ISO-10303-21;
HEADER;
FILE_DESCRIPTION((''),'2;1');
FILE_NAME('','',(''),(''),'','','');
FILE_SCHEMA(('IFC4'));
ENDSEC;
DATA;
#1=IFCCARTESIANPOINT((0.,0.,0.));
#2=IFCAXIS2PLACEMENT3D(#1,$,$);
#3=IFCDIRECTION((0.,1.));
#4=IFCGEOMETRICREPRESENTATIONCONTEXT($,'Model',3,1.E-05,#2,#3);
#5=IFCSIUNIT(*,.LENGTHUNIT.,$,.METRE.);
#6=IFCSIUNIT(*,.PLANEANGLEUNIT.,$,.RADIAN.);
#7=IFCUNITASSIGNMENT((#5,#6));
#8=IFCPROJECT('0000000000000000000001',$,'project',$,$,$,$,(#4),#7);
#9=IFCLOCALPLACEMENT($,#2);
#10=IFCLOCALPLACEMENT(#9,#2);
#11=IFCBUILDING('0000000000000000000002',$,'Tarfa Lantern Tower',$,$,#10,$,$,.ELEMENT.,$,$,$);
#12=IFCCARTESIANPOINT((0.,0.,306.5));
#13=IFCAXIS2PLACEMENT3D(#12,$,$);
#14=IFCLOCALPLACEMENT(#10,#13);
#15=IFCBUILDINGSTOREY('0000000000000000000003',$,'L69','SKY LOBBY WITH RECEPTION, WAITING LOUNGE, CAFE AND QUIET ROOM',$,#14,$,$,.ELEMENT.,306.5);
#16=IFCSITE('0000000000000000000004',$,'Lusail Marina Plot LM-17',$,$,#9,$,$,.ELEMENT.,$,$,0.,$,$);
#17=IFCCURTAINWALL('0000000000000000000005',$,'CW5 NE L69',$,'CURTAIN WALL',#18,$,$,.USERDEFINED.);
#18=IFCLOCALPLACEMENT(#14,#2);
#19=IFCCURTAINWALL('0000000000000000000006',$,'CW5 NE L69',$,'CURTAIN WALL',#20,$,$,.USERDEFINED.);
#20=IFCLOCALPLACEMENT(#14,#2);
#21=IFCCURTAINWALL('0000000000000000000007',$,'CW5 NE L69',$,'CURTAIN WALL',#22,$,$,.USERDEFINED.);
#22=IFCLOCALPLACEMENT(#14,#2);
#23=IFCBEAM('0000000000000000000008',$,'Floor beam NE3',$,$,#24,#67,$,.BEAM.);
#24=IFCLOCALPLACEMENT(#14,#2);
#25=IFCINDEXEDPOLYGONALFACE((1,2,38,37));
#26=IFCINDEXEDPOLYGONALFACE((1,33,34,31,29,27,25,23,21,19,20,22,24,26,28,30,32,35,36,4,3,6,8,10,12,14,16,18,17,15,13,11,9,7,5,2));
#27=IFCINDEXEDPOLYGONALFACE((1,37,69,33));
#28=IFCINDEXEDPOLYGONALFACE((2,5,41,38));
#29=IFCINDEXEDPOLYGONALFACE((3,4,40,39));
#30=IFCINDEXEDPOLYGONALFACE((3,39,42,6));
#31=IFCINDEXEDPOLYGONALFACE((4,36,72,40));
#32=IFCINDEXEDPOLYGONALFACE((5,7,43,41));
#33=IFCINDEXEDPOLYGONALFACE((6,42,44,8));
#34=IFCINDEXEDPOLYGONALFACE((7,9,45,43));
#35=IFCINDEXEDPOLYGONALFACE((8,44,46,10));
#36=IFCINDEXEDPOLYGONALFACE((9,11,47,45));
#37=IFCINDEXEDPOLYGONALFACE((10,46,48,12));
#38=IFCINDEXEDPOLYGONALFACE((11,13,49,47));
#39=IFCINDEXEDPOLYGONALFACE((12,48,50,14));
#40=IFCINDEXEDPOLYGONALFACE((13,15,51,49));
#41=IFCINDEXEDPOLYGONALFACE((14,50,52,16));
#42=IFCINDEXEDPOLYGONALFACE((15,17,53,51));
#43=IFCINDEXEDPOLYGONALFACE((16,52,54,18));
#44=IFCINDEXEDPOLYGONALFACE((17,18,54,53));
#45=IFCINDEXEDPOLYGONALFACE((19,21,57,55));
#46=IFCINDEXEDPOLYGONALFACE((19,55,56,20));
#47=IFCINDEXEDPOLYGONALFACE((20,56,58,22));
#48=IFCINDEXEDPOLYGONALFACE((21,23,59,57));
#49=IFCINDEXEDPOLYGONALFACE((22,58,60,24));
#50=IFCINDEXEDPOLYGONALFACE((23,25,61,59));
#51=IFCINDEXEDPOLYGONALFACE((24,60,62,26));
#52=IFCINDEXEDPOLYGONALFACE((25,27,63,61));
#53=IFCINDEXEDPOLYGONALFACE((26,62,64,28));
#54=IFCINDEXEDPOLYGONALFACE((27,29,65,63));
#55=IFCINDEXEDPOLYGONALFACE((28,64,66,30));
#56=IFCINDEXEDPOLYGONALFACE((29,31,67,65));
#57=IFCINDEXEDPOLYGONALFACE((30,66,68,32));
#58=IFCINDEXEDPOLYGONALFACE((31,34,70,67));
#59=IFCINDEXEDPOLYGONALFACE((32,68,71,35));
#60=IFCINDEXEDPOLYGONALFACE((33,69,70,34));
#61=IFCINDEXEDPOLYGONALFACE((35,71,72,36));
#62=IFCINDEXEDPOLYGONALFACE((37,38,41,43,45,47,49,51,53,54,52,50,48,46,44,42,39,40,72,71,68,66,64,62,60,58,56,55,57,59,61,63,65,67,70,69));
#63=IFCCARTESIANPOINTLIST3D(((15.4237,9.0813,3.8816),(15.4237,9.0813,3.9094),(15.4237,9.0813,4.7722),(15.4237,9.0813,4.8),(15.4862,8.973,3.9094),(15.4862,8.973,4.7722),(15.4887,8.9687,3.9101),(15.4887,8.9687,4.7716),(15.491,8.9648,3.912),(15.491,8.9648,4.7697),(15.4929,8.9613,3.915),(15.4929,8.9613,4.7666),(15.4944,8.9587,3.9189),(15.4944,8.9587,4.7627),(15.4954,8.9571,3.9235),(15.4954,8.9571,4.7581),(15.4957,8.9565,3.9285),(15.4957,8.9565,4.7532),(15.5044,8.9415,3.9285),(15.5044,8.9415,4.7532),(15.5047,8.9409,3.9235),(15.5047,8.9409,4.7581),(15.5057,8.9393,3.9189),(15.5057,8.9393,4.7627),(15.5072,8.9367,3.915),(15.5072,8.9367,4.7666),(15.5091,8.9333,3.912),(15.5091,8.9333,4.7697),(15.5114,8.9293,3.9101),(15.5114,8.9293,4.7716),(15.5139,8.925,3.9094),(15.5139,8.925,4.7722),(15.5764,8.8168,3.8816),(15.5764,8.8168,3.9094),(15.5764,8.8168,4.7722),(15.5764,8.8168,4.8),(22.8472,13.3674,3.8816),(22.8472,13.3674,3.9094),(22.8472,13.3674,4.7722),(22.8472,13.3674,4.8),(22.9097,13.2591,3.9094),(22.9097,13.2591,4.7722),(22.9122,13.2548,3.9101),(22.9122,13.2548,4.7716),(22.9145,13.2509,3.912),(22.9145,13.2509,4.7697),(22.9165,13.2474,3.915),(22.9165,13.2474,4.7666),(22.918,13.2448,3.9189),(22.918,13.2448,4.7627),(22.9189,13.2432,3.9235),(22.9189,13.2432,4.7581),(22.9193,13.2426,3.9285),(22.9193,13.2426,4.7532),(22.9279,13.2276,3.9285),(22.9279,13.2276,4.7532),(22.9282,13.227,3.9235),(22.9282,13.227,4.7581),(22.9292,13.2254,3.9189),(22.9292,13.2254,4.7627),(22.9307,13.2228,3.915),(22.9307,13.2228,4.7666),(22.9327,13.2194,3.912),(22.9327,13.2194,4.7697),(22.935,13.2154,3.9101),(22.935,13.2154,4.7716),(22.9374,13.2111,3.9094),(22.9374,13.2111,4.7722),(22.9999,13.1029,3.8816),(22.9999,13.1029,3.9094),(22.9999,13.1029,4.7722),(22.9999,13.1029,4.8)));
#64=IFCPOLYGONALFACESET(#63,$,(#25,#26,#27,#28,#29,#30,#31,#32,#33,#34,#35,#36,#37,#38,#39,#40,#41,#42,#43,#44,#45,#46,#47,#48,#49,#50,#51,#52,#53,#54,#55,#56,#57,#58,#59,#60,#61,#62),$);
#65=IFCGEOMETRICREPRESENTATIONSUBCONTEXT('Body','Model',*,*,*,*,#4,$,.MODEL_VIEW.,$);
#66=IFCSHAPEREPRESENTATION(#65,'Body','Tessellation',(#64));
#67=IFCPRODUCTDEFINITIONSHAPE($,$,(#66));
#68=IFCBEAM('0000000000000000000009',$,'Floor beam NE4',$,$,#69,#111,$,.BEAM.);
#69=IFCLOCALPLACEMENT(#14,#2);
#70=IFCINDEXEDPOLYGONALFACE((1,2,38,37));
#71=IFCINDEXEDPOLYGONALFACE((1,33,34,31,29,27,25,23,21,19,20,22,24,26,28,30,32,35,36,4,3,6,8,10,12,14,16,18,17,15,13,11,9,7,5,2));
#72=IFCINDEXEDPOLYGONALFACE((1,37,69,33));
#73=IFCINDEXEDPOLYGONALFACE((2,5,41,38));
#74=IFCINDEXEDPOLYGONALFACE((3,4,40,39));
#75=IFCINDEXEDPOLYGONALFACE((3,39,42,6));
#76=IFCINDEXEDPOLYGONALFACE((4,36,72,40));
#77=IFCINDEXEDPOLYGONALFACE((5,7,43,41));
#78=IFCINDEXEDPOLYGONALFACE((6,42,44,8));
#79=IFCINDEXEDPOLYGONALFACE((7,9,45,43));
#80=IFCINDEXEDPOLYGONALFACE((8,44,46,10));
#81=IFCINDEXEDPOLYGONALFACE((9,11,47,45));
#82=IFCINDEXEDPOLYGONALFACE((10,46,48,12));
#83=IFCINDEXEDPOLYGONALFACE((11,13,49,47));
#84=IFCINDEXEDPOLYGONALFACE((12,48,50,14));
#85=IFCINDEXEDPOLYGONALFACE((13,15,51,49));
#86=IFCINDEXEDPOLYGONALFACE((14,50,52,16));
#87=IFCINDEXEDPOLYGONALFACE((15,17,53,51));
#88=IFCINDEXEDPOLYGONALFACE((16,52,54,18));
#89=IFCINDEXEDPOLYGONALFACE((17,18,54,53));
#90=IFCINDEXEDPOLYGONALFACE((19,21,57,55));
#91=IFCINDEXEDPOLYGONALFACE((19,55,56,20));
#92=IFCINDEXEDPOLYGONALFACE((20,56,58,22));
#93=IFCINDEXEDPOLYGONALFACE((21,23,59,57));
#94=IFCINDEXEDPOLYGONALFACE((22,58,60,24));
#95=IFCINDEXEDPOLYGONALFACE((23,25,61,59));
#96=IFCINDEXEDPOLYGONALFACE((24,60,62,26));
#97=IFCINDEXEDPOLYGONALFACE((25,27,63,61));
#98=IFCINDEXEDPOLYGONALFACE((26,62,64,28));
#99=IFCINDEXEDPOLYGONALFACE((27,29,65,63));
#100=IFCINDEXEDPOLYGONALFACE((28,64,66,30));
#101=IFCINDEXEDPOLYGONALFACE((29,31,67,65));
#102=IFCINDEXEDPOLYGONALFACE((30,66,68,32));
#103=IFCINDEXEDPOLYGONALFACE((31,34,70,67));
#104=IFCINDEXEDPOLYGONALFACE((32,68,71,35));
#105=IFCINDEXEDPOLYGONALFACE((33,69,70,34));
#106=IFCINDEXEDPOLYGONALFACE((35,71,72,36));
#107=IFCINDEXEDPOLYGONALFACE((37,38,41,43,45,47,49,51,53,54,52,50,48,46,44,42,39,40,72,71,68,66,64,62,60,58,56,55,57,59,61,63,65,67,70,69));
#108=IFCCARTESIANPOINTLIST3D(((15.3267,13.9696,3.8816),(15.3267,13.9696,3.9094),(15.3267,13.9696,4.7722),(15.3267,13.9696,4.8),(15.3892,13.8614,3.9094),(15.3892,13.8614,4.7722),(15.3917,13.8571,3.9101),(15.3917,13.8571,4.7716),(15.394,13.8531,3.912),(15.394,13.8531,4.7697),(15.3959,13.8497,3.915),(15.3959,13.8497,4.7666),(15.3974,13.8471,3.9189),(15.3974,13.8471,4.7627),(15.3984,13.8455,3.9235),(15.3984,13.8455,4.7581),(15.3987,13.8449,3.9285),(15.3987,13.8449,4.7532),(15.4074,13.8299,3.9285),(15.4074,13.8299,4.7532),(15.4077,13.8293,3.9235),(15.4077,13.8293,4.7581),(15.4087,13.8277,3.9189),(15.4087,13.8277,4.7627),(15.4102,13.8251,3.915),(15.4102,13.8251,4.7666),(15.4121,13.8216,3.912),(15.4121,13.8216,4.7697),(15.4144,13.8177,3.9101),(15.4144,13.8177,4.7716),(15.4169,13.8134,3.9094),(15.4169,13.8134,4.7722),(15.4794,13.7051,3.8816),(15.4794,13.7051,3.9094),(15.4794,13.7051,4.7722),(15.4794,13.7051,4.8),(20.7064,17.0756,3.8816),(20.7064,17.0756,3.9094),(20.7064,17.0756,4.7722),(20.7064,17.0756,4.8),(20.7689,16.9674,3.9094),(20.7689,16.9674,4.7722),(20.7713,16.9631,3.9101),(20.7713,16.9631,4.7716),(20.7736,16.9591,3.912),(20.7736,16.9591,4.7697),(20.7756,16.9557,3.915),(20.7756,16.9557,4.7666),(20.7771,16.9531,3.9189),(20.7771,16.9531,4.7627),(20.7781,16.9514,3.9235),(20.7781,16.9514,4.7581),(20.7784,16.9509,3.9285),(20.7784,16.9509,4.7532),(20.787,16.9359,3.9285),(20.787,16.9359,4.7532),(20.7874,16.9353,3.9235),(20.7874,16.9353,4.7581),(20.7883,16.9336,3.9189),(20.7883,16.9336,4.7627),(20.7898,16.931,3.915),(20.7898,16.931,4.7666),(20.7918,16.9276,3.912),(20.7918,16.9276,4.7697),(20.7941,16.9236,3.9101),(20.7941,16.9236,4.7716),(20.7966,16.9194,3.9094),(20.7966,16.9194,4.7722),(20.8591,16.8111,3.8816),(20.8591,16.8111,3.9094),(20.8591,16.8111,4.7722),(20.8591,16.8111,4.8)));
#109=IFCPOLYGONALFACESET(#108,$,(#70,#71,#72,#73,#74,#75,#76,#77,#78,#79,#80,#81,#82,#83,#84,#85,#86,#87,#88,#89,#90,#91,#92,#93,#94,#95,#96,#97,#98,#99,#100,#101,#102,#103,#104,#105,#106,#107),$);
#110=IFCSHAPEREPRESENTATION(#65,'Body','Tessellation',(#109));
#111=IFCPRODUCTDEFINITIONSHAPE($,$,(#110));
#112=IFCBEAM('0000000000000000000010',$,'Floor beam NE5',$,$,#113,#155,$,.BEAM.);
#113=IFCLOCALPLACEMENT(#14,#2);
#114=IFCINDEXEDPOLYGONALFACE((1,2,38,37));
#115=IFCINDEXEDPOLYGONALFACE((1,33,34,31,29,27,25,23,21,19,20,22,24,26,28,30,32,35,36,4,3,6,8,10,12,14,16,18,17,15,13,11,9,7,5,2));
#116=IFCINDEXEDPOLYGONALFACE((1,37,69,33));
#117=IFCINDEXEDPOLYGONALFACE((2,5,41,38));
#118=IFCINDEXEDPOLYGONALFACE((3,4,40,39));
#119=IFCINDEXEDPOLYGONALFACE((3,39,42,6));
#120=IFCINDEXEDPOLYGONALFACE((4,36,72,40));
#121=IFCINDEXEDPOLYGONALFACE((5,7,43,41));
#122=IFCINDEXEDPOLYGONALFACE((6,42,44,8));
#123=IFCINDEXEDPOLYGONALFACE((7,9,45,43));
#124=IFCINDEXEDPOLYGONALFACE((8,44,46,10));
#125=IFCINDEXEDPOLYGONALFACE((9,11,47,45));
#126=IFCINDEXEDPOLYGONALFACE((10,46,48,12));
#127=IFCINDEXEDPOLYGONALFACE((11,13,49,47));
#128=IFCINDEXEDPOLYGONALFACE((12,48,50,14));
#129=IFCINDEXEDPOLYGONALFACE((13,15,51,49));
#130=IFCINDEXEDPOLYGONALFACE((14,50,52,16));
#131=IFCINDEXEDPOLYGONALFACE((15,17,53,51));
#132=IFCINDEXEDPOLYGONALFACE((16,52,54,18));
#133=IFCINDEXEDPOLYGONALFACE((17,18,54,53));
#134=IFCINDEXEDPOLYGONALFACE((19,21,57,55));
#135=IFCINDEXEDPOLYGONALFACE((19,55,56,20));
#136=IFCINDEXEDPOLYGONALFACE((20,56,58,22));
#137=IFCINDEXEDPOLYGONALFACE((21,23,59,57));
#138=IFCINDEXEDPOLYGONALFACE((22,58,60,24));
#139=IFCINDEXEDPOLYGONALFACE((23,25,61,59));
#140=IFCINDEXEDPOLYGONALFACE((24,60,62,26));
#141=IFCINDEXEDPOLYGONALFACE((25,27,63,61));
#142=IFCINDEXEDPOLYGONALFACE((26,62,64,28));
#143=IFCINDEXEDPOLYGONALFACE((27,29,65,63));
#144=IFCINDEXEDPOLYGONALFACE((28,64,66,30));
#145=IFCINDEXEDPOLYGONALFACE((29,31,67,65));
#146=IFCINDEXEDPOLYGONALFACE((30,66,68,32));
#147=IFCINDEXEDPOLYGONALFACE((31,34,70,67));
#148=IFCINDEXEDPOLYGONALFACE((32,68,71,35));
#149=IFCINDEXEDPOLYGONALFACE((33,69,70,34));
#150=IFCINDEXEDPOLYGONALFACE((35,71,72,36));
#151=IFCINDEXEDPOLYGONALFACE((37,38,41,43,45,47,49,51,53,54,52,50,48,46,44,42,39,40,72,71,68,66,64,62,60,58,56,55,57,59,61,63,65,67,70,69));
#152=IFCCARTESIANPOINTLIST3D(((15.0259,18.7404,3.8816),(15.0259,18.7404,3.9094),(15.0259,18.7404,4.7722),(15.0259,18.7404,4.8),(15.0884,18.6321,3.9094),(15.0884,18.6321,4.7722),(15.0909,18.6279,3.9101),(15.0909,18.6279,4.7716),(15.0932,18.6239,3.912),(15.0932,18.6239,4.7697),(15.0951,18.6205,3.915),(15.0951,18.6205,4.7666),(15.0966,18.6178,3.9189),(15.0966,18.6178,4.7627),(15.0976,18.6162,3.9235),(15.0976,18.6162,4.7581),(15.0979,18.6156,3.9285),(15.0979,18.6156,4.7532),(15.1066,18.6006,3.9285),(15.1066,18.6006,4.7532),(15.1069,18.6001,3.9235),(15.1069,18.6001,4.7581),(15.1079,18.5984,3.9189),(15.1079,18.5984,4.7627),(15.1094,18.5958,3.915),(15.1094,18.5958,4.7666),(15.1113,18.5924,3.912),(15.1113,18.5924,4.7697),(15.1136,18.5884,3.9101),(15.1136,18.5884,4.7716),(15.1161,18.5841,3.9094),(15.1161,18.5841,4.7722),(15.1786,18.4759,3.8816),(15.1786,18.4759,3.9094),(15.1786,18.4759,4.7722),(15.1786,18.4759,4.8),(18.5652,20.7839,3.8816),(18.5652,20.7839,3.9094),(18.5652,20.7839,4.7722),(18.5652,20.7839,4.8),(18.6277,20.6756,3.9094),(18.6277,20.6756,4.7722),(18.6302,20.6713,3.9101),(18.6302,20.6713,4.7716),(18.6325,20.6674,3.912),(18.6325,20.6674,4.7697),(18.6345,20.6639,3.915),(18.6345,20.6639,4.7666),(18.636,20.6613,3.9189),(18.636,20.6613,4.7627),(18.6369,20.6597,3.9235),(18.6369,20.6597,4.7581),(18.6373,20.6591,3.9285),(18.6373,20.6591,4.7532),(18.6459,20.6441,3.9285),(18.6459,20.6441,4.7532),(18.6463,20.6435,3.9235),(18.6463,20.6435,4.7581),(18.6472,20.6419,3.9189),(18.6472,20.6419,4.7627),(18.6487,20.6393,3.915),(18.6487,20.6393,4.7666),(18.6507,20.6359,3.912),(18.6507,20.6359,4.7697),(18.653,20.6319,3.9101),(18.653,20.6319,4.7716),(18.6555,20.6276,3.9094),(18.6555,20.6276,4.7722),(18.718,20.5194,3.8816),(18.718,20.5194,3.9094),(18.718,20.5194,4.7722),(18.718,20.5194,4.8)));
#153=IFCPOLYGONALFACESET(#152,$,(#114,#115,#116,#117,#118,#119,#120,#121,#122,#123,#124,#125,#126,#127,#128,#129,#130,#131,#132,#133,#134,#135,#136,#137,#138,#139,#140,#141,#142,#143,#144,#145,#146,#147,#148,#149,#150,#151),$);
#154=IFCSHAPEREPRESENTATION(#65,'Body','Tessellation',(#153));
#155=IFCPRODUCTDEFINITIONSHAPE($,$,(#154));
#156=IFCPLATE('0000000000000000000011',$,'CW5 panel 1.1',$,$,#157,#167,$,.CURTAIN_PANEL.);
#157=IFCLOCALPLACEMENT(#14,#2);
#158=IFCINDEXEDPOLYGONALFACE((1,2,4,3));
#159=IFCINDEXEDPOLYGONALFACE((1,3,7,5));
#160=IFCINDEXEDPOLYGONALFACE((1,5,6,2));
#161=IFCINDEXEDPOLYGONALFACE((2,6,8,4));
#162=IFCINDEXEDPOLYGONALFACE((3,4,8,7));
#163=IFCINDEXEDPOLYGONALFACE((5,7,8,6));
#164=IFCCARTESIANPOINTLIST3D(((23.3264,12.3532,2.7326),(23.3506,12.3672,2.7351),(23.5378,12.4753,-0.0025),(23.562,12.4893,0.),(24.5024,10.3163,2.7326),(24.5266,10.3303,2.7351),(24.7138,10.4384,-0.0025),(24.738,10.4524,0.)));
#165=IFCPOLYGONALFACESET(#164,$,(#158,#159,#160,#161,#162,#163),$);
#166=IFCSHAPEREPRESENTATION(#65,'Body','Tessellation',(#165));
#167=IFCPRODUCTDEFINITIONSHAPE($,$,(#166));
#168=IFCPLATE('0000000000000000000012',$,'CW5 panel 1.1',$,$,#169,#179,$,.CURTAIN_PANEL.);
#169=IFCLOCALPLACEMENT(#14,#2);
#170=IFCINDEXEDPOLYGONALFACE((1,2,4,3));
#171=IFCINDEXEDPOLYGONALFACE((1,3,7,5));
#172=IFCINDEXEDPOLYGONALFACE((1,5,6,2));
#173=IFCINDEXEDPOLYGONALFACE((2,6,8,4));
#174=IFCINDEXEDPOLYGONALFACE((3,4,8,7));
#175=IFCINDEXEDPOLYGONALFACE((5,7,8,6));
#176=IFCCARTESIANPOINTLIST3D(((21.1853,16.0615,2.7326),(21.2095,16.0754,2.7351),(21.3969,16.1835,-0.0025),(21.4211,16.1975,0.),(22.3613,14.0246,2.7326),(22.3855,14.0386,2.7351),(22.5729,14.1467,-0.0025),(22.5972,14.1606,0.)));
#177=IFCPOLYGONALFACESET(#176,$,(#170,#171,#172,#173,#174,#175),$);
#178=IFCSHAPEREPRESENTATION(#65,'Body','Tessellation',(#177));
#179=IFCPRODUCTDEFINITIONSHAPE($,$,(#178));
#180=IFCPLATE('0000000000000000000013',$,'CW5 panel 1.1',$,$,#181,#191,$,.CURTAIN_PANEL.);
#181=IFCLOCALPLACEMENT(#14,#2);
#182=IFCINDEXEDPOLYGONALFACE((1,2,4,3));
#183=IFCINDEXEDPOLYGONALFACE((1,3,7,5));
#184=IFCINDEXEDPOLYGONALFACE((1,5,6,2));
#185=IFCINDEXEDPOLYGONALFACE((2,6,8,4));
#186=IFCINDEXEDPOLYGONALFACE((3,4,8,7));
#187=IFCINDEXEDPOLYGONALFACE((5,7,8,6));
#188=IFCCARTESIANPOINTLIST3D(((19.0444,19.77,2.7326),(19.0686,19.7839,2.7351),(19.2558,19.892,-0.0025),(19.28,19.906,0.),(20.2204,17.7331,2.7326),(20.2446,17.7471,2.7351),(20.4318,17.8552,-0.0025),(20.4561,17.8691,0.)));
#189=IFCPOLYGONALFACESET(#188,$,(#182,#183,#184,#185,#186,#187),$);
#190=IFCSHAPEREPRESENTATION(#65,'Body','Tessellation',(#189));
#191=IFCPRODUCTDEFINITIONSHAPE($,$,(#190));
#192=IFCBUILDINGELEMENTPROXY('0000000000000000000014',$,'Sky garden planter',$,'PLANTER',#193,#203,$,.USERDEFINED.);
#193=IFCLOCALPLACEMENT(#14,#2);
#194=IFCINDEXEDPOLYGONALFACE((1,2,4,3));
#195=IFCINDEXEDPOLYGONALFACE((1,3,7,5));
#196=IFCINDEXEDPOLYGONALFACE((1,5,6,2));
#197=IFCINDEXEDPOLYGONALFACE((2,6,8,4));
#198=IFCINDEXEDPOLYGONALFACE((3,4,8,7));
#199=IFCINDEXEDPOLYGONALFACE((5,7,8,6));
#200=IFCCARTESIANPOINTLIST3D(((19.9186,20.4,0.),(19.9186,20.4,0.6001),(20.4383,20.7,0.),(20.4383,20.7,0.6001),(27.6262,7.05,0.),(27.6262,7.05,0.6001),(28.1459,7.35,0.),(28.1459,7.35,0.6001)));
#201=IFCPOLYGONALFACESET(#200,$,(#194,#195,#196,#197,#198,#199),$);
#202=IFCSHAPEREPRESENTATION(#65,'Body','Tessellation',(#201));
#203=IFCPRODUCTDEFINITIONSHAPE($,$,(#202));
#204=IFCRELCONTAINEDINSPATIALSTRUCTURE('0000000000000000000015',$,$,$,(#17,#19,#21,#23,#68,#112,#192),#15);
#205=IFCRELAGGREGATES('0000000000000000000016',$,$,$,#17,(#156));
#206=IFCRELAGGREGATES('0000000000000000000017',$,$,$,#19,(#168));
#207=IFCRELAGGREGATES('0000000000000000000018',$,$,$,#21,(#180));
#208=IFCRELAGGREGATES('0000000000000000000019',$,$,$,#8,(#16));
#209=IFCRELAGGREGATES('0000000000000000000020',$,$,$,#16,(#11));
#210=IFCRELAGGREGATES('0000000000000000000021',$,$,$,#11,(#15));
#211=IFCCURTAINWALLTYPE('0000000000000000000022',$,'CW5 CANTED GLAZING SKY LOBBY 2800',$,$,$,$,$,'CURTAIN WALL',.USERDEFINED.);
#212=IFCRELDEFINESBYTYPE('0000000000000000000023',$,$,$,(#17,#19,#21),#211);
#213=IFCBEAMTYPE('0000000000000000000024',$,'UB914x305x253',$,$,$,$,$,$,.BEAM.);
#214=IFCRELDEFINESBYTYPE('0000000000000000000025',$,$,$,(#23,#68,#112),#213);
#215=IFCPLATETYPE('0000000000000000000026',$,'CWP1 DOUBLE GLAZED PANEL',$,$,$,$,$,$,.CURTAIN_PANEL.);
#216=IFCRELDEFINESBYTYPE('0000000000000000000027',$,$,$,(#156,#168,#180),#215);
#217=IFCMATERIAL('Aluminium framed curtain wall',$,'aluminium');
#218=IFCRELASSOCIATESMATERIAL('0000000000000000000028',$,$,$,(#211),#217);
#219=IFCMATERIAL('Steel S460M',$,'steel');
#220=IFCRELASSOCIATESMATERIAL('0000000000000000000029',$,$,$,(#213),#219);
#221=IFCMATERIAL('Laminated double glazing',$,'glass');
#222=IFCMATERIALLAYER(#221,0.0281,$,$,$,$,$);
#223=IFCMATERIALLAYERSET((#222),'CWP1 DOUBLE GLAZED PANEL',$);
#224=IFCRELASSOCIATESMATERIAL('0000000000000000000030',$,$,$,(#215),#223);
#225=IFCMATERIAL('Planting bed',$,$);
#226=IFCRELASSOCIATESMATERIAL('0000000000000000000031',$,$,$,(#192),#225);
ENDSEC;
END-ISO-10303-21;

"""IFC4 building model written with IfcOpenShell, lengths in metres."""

from ifc_helpers import new_model, si_unit, direction, frame, origin, origin_2d, place, context, subcontext, project, spatial, polyline, rectangle, i_section, outline, extrude, material, layer, layer_set, material_profile, profile_set, type_object, element, aggregate, save


model = new_model("IFC4")

# Units and contexts
model_context = context("Model", 3, precision=1e-05, world=origin(), true_north=direction((0.0, 1.0)))
body_context = subcontext(model_context, "Body", "Model", "MODEL_VIEW")
ifc_project = project(units=[si_unit("LENGTHUNIT", "METRE"), si_unit("PLANEANGLEUNIT", "RADIAN")], contexts=[model_context])

# Site, building, storey
site_placement = place(None, origin())
site = spatial("IfcSite", under=ifc_project, at=site_placement, Name="Lusail Marina Plot LM-17", CompositionType="ELEMENT", RefElevation=0.0)
building_placement = place(site_placement, origin())
building = spatial("IfcBuilding", under=site, at=building_placement, Name="Tarfa Lantern Tower", CompositionType="ELEMENT")
storey_placement = place(building_placement, frame((0.0, 0.0, 306.5)))
storey = spatial("IfcBuildingStorey", under=building, at=storey_placement, Name="L69", Description="SKY LOBBY WITH RECEPTION, WAITING LOUNGE, CAFE AND QUIET ROOM", CompositionType="ELEMENT", Elevation=306.5)

# Shared definitions
ifc_material_1 = material(Name="Steel S460M", Category="steel")

# Curtain walls
ifc_material_2 = material(Name="Aluminium framed curtain wall", Category="aluminium")
curtain_wall_type = type_object("IfcCurtainWallType", Name="CW5 CANTED GLAZING SKY LOBBY 2800", ElementType="CURTAIN WALL", PredefinedType="USERDEFINED", material=ifc_material_2)
curtain_wall_1_placement = place(storey_placement, origin())
curtain_wall_1 = element("IfcCurtainWall", 1, at=curtain_wall_1_placement, inside=storey, type_object=curtain_wall_type, Name="CW5 NE L69", ObjectType="CURTAIN WALL", PredefinedType="USERDEFINED")
curtain_wall_2_placement = place(storey_placement, origin())
curtain_wall_2 = element("IfcCurtainWall", 2, at=curtain_wall_2_placement, inside=storey, type_object=curtain_wall_type, Name="CW5 NE L69", ObjectType="CURTAIN WALL", PredefinedType="USERDEFINED")
curtain_wall_3_placement = place(storey_placement, origin())
curtain_wall_3 = element("IfcCurtainWall", 3, at=curtain_wall_3_placement, inside=storey, type_object=curtain_wall_type, Name="CW5 NE L69", ObjectType="CURTAIN WALL", PredefinedType="USERDEFINED")

# Beams
ifc_material_profile_1 = material_profile(ifc_material_1, i_section(OverallWidth=0.3054, OverallDepth=0.9185, WebThickness=0.0173, FlangeThickness=0.0278, FilletRadius=0.019, at=origin_2d()), Name="UB914x305x253")
ifc_profile_set_1 = profile_set([ifc_material_profile_1], Name="Steel S460M")
beam_type_1 = type_object("IfcBeamType", Name="UB914x305x253", PredefinedType="BEAM", material=ifc_profile_set_1)
beam_1_placement = place(storey_placement, frame((22.9236, 13.2351, 4.3408), z_axis=(-0.866019, -0.500011, 0.0), x_axis=(0.500011, -0.866019, 0.0)))
element("IfcBeam", 4, at=beam_1_placement, inside=storey, type_object=beam_type_1, Name="Floor beam NE3", PredefinedType="BEAM", context=body_context, shape_type="SweptSolid", body=[
    extrude(i_section(OverallWidth=0.3054, OverallDepth=0.9185, WebThickness=0.0173, FlangeThickness=0.0278, FilletRadius=0.019, at=origin_2d()), origin(), (0.0, 0.0, 1.0), 8.572),
])
beam_2_placement = place(storey_placement, frame((20.7827, 16.9434, 4.3408), z_axis=(-0.866024, -0.500003, 0.0), x_axis=(0.500003, -0.866024, 0.0)))
element("IfcBeam", 5, at=beam_2_placement, inside=storey, type_object=beam_type_1, Name="Floor beam NE4", PredefinedType="BEAM", context=body_context, shape_type="SweptSolid", body=[
    extrude(i_section(OverallWidth=0.3054, OverallDepth=0.9185, WebThickness=0.0173, FlangeThickness=0.0278, FilletRadius=0.019, at=origin_2d()), origin(), (0.0, 0.0, 1.0), 6.2119),
])
beam_3_placement = place(storey_placement, frame((18.6416, 20.6516, 4.3408), z_axis=(-0.866021, -0.500007, 0.0), x_axis=(0.500007, -0.866021, 0.0)))
element("IfcBeam", 6, at=beam_3_placement, inside=storey, type_object=beam_type_1, Name="Floor beam NE5", PredefinedType="BEAM", context=body_context, shape_type="SweptSolid", body=[
    extrude(i_section(OverallWidth=0.3054, OverallDepth=0.9185, WebThickness=0.0173, FlangeThickness=0.0278, FilletRadius=0.019, at=origin_2d()), origin(), (0.0, 0.0, 1.0), 4.0869),
])

# Plates
ifc_material_3 = material(Name="Laminated double glazing", Category="glass")
ifc_layer = layer(ifc_material_3, 0.0281)
ifc_layer_set = layer_set([ifc_layer], Name="CWP1 DOUBLE GLAZED PANEL")
plate_type = type_object("IfcPlateType", Name="CWP1 DOUBLE GLAZED PANEL", PredefinedType="CURTAIN_PANEL", material=ifc_layer_set)
plate_1_placement = place(storey_placement, frame((24.738, 10.4524, 0.0), z_axis=(0.862588, 0.498033, 0.088906), x_axis=(-0.500013, 0.866018, 0.0)))
plate_1 = element("IfcPlate", 7, at=plate_1_placement, type_object=plate_type, Name="CW5 panel 1.1", PredefinedType="CURTAIN_PANEL", context=body_context, shape_type="SweptSolid", body=[
    extrude(outline(polyline([(0.0, 0.0), (2.352, 0.0), (2.352, 2.746), (0.0, 2.746), (0.0, 0.0)])), origin(), (0.0, 0.0, -1.0), 0.0281),
])
aggregate(curtain_wall_1, [plate_1])
plate_2_placement = place(storey_placement, frame((22.5972, 14.1606, 0.0), z_axis=(0.862583, 0.49803, 0.088983), x_axis=(-0.500013, 0.866018, 0.0)))
plate_2 = element("IfcPlate", 8, at=plate_2_placement, type_object=plate_type, Name="CW5 panel 1.1", PredefinedType="CURTAIN_PANEL", context=body_context, shape_type="SweptSolid", body=[
    extrude(outline(polyline([(0.0, 0.0), (2.352, 0.0), (2.3521, 2.746), (0.0001, 2.746), (0.0, 0.0)])), origin(), (0.0, 0.0, -1.0), 0.0281),
])
aggregate(curtain_wall_2, [plate_2])
plate_3_placement = place(storey_placement, frame((20.4561, 17.8691, 0.0), z_axis=(0.862588, 0.498033, 0.088906), x_axis=(-0.500013, 0.866018, 0.0)))
plate_3 = element("IfcPlate", 9, at=plate_3_placement, type_object=plate_type, Name="CW5 panel 1.1", PredefinedType="CURTAIN_PANEL", context=body_context, shape_type="SweptSolid", body=[
    extrude(outline(polyline([(0.0, 0.0), (2.352, 0.0), (2.352, 2.746), (0.0, 2.746), (0.0, 0.0)])), origin(), (0.0, 0.0, -1.0), 0.0281),
])
aggregate(curtain_wall_3, [plate_3])

# Building element proxy
ifc_material_4 = material(Name="Planting bed")
proxy_placement = place(storey_placement, frame((24.0322, 13.875, 0.0), z_axis=(0.0, 0.0, 1.0), x_axis=(-0.5, 0.866025, 0.0)))
element("IfcBuildingElementProxy", 10, at=proxy_placement, inside=storey, material=ifc_material_4, Name="Sky garden planter", ObjectType="PLANTER", PredefinedType="USERDEFINED", context=body_context, shape_type="SweptSolid", body=[
    extrude(rectangle(XDim=15.4153, YDim=0.6001, at=origin_2d()), origin(), (0.0, 0.0, 1.0), 0.6001),
])

save(model, "model.ifc")
